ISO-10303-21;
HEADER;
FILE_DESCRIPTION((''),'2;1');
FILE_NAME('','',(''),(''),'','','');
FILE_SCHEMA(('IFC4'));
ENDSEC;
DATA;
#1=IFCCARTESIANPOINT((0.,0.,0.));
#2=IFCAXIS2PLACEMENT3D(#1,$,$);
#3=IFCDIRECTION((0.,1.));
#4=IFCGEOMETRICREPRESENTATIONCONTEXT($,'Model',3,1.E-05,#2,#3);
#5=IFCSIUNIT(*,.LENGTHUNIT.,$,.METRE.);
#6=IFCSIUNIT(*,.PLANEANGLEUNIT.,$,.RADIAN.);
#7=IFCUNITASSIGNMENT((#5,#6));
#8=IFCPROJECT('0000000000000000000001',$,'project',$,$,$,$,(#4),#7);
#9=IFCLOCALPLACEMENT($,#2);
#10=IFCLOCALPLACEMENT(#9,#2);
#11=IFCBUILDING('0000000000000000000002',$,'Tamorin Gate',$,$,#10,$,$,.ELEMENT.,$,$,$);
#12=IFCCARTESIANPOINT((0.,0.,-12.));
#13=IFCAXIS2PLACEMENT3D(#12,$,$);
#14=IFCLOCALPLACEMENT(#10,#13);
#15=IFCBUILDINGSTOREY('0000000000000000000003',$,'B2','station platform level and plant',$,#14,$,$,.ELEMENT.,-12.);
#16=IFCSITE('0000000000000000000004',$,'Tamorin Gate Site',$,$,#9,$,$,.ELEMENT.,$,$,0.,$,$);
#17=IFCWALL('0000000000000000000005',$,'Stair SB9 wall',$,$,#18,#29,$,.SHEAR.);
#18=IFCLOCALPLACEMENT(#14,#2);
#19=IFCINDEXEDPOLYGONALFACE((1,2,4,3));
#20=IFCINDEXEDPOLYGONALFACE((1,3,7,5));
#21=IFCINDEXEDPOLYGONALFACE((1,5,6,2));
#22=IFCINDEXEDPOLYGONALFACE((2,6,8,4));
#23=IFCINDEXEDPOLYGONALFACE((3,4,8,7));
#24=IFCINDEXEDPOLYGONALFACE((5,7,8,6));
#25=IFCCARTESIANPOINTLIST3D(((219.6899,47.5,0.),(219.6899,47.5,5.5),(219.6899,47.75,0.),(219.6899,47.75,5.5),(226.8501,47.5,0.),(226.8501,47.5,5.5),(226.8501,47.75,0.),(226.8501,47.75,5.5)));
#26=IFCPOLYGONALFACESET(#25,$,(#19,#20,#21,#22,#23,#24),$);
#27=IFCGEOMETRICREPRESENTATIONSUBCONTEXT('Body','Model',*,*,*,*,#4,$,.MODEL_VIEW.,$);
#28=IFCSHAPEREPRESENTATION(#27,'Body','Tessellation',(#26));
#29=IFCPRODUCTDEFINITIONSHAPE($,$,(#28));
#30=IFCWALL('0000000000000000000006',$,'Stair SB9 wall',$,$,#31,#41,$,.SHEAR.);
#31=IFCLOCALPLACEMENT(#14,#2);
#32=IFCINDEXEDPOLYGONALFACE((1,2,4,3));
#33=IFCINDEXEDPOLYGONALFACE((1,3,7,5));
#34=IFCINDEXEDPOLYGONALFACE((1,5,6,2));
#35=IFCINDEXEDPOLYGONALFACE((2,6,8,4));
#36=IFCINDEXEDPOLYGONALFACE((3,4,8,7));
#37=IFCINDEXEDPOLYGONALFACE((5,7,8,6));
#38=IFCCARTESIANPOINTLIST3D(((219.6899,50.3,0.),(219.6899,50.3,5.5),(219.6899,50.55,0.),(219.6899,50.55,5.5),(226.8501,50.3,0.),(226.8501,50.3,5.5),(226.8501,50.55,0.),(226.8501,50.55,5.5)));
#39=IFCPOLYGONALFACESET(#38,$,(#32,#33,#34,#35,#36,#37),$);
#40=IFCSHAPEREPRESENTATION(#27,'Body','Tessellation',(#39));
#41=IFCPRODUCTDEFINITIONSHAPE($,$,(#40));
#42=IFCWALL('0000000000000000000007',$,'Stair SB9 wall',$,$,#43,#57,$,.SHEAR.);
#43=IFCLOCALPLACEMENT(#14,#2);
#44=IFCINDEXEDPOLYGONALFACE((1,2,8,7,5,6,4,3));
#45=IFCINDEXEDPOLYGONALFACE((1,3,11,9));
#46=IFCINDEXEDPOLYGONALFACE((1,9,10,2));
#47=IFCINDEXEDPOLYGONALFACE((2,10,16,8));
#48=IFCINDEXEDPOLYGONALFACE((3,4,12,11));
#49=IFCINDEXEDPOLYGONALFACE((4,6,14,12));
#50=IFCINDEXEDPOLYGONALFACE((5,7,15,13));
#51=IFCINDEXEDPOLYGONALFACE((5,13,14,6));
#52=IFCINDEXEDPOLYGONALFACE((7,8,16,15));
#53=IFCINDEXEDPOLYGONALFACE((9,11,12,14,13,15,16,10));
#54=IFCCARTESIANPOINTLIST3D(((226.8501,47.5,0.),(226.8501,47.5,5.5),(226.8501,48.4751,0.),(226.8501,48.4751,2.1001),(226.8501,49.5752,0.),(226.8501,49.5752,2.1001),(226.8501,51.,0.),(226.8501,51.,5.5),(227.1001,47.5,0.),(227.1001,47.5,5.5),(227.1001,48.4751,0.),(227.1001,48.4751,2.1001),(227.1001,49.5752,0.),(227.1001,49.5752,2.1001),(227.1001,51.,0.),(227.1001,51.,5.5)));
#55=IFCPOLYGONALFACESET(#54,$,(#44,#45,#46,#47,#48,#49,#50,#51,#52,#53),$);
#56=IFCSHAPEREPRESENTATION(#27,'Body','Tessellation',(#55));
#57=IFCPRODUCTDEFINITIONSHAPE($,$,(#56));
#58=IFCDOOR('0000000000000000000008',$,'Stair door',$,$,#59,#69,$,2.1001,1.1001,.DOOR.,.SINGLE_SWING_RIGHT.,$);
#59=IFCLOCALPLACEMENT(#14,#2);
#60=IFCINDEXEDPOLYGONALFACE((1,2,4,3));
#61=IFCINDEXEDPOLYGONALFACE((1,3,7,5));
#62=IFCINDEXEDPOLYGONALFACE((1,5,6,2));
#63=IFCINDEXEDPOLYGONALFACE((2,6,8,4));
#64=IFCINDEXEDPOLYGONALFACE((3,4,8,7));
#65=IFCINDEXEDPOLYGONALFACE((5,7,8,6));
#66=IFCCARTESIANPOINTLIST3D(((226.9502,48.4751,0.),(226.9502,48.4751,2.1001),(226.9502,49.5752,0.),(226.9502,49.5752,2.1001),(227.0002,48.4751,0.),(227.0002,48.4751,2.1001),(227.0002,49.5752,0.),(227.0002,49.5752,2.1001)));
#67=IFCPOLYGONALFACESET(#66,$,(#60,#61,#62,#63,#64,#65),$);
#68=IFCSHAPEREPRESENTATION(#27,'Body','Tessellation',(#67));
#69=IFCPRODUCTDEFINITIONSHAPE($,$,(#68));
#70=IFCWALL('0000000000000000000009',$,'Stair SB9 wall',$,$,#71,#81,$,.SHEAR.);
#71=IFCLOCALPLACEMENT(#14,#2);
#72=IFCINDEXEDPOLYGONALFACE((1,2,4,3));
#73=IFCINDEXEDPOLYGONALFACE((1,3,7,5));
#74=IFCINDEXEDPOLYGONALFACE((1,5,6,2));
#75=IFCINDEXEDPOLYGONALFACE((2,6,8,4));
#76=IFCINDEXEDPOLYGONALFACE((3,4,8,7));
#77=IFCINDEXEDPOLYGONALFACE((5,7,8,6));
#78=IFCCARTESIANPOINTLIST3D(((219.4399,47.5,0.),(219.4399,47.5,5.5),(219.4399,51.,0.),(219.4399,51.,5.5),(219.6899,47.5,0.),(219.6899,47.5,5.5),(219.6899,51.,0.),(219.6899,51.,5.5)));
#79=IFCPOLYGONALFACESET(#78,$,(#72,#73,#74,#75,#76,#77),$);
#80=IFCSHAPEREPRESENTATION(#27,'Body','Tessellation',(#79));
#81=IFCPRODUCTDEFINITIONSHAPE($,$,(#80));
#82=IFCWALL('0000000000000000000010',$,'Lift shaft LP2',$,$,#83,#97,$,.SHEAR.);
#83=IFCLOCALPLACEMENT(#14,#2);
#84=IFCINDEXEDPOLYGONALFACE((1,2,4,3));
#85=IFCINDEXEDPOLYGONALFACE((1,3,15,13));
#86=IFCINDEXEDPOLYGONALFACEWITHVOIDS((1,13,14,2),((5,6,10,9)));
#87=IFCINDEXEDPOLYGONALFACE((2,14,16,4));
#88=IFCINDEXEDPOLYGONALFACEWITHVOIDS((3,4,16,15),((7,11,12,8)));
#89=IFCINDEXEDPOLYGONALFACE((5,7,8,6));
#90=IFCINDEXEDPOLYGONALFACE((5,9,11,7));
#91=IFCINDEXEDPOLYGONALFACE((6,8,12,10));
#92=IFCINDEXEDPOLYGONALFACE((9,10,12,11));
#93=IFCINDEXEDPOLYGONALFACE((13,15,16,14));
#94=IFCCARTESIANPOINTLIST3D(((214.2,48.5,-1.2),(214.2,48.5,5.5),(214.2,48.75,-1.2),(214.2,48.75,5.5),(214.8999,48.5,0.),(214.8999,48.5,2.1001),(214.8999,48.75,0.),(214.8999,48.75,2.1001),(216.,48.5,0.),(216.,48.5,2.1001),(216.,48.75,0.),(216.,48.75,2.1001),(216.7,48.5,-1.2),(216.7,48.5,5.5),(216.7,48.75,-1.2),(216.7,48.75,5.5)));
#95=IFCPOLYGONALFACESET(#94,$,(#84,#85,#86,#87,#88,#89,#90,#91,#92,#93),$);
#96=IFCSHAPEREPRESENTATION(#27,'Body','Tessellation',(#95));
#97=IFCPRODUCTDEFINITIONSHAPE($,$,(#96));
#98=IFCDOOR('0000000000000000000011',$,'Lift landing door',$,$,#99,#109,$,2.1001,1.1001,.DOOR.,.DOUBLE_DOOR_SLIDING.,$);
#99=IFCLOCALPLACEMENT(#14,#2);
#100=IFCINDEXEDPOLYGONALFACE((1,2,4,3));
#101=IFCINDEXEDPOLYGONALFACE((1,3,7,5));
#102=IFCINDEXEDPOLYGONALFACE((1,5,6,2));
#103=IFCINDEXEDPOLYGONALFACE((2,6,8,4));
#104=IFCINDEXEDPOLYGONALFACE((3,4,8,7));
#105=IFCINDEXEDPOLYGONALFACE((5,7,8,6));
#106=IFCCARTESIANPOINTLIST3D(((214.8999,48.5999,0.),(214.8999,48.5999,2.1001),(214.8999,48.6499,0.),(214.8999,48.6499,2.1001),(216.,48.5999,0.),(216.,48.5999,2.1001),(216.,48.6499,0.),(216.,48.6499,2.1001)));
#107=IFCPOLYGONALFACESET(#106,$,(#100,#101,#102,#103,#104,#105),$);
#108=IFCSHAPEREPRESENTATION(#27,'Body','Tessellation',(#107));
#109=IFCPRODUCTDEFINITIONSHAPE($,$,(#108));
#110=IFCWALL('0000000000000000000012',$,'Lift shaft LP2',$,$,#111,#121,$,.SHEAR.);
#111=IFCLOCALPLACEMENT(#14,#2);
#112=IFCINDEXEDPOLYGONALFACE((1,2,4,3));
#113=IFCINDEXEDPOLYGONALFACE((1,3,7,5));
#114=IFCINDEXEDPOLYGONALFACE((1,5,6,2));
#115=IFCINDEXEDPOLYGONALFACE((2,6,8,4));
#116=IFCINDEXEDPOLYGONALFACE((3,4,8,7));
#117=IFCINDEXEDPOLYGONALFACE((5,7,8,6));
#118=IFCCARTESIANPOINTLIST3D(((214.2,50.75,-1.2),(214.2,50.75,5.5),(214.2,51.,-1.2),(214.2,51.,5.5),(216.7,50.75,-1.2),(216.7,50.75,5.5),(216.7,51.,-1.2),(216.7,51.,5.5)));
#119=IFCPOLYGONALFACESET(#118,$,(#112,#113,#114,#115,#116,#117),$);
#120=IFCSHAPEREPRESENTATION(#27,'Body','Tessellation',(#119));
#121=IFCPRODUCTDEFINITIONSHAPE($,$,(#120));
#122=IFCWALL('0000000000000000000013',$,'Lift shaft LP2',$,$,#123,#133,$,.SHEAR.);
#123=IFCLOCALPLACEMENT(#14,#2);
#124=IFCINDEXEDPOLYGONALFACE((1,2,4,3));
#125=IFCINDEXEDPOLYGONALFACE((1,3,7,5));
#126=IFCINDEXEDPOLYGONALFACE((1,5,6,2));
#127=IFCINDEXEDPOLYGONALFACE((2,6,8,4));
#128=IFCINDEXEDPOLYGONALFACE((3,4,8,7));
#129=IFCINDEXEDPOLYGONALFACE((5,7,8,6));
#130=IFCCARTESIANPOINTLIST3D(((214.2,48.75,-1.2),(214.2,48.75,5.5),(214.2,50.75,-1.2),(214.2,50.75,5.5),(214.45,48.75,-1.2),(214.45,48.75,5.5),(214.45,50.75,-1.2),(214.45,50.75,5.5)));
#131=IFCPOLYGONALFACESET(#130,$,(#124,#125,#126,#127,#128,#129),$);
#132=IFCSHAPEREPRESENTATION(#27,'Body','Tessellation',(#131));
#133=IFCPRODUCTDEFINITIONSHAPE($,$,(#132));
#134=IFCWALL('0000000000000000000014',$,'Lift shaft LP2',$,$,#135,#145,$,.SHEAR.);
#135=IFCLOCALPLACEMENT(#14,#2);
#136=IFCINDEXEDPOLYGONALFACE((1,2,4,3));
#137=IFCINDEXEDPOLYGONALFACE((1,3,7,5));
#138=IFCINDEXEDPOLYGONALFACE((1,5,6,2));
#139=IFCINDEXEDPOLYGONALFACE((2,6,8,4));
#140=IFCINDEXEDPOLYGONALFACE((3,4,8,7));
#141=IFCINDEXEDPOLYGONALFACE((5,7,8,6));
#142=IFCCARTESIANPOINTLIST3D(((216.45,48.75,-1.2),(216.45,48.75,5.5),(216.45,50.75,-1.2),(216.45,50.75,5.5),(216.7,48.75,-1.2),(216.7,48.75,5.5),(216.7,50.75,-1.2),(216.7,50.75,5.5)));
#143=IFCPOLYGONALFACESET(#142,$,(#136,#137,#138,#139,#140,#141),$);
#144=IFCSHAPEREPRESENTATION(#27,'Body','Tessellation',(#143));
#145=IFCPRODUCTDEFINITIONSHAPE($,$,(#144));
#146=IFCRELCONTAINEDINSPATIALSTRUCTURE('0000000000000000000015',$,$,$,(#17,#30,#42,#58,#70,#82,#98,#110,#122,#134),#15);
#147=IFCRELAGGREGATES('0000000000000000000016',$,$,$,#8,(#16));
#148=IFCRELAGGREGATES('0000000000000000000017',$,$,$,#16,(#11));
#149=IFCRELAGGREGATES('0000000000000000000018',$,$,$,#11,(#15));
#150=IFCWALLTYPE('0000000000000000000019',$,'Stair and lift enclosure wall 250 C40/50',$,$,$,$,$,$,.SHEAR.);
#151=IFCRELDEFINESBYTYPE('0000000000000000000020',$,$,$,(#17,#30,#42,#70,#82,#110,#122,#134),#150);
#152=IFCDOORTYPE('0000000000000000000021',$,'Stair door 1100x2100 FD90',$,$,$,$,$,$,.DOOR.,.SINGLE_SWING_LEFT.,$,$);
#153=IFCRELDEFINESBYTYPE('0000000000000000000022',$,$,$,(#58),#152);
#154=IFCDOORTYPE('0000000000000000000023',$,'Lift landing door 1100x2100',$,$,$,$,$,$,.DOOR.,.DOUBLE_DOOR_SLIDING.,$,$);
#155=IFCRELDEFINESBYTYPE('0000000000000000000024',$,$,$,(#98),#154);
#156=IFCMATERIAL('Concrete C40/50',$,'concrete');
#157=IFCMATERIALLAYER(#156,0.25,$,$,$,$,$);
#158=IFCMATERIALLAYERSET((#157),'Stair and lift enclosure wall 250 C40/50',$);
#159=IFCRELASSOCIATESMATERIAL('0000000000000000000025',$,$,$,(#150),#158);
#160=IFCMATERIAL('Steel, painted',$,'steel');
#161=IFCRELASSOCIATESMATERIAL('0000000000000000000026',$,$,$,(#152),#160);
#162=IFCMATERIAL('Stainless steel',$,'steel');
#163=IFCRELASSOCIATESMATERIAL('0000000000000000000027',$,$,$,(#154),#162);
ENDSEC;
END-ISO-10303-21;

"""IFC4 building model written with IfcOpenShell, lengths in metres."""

from ifc_helpers import new_model, si_unit, direction, frame, frame_2d, origin, place, context, subcontext, project, spatial, rectangle, extrude, material, layer, layer_set, type_object, element, fill, save


model = new_model("IFC4")

# Units and contexts
model_context = context("Model", 3, precision=1e-05, world=origin(), true_north=direction((0.0, 1.0)))
body_context = subcontext(model_context, "Body", "Model", "MODEL_VIEW")
ifc_project = project(units=[si_unit("LENGTHUNIT", "METRE"), si_unit("PLANEANGLEUNIT", "RADIAN")], contexts=[model_context])

# Site, building, storey
site_placement = place(None, origin())
site = spatial("IfcSite", under=ifc_project, at=site_placement, Name="Tamorin Gate Site", CompositionType="ELEMENT", RefElevation=0.0)
building_placement = place(site_placement, origin())
building = spatial("IfcBuilding", under=site, at=building_placement, Name="Tamorin Gate", CompositionType="ELEMENT")
storey_placement = place(building_placement, frame((0.0, 0.0, -12.0)))
storey = spatial("IfcBuildingStorey", under=building, at=storey_placement, Name="B2", Description="station platform level and plant", CompositionType="ELEMENT", Elevation=-12.0)

# Shared definitions
ifc_material_1 = material(Name="Concrete C40/50", Category="concrete")

# Walls
ifc_layer = layer(ifc_material_1, 0.25)
ifc_layer_set = layer_set([ifc_layer], Name="Stair and lift enclosure wall 250 C40/50")
wall_type = type_object("IfcWallType", Name="Stair and lift enclosure wall 250 C40/50", PredefinedType="SHEAR", material=ifc_layer_set)
for number, where, z_axis, x_axis, name in (
    (1, (219.6899, 47.625, 0.0), (0.0, 0.0, 1.0), (1.0, 0.0, 0.0), "Stair SB9 wall"),
    (2, (219.6899, 50.425, 0.0), (0.0, 0.0, 1.0), (1.0, 0.0, 0.0), "Stair SB9 wall"),
):
    element("IfcWall", number, at=place(storey_placement, frame(where, z_axis=z_axis, x_axis=x_axis)), inside=storey, type_object=wall_type, Name=name, PredefinedType="SHEAR", context=body_context, shape_type="SweptSolid", body=[
        extrude(rectangle(XDim=7.1602, YDim=0.25, at=frame_2d((3.5801, 0.0))), origin(), (0.0, 0.0, 1.0), 5.5),
    ])

# Wall, opening, door
wall_1_placement = place(storey_placement, frame((226.9751, 47.5, 0.0), z_axis=(0.0, 0.0, 1.0), x_axis=(0.0, 1.0, 0.0)))
wall_1 = element("IfcWall", 3, at=wall_1_placement, inside=storey, type_object=wall_type, Name="Stair SB9 wall", PredefinedType="SHEAR", context=body_context, shape_type="SweptSolid", body=[
    extrude(rectangle(XDim=3.5, YDim=0.25, at=frame_2d((1.75, 0.0))), origin(), (0.0, 0.0, 1.0), 5.5),
])
opening_1_placement = place(wall_1_placement, frame((0.9751, 0.0, 0.0)))
opening_1 = element("IfcOpeningElement", 4, at=opening_1_placement, cuts=wall_1, PredefinedType="OPENING", context=body_context, shape_type="SweptSolid", body=[
    extrude(rectangle(XDim=1.1001, YDim=2.1001, at=frame_2d((0.55, 1.05))), frame((0.0, 0.135, 0.0), z_axis=(0.0, -1.0, 0.0), x_axis=(1.0, 0.0, 0.0)), (0.0, 0.0, 1.0), 0.27),
])
ifc_material_2 = material(Name="Steel, painted", Category="steel")
door_type_1 = type_object("IfcDoorType", Name="Stair door 1100x2100 FD90", OperationType="SINGLE_SWING_LEFT", PredefinedType="DOOR", material=ifc_material_2)
door_1_placement = place(opening_1_placement, origin())
door_1 = element("IfcDoor", 5, at=door_1_placement, inside=storey, type_object=door_type_1, Name="Stair door", OperationType="SINGLE_SWING_RIGHT", OverallHeight=2.1001, OverallWidth=1.1001, PredefinedType="DOOR", context=body_context, shape_type="SweptSolid", body=[
    extrude(rectangle(XDim=1.1001, YDim=2.1001, at=frame_2d((0.55, 1.05))), frame((0.0, 0.0249, 0.0), z_axis=(0.0, -1.0, 0.0), x_axis=(1.0, 0.0, 0.0)), (0.0, 0.0, 1.0), 0.05),
])
fill(opening_1, door_1)

# Wall
wall_2_placement = place(storey_placement, frame((219.5649, 47.5, 0.0), z_axis=(0.0, 0.0, 1.0), x_axis=(0.0, 1.0, 0.0)))
element("IfcWall", 6, at=wall_2_placement, inside=storey, type_object=wall_type, Name="Stair SB9 wall", PredefinedType="SHEAR", context=body_context, shape_type="SweptSolid", body=[
    extrude(rectangle(XDim=3.5, YDim=0.25, at=frame_2d((1.75, 0.0))), origin(), (0.0, 0.0, 1.0), 5.5),
])

# Wall, opening, door
wall_3_placement = place(storey_placement, frame((214.2, 48.625, -1.2), z_axis=(0.0, 0.0, 1.0), x_axis=(1.0, 0.0, 0.0)))
wall_3 = element("IfcWall", 7, at=wall_3_placement, inside=storey, type_object=wall_type, Name="Lift shaft LP2", PredefinedType="SHEAR", context=body_context, shape_type="SweptSolid", body=[
    extrude(rectangle(XDim=2.5, YDim=0.25, at=frame_2d((1.25, 0.0))), origin(), (0.0, 0.0, 1.0), 6.7),
])
opening_2_placement = place(wall_3_placement, frame((0.7, 0.0, 1.2)))
opening_2 = element("IfcOpeningElement", 8, at=opening_2_placement, cuts=wall_3, PredefinedType="OPENING", context=body_context, shape_type="SweptSolid", body=[
    extrude(rectangle(XDim=1.1001, YDim=2.1001, at=frame_2d((0.55, 1.05))), frame((0.0, 0.135, 0.0), z_axis=(0.0, -1.0, 0.0), x_axis=(1.0, 0.0, 0.0)), (0.0, 0.0, 1.0), 0.27),
])
ifc_material_3 = material(Name="Stainless steel", Category="steel")
door_type_2 = type_object("IfcDoorType", Name="Lift landing door 1100x2100", OperationType="DOUBLE_DOOR_SLIDING", PredefinedType="DOOR", material=ifc_material_3)
door_2_placement = place(opening_2_placement, origin())
door_2 = element("IfcDoor", 9, at=door_2_placement, inside=storey, type_object=door_type_2, Name="Lift landing door", OperationType="DOUBLE_DOOR_SLIDING", OverallHeight=2.1001, OverallWidth=1.1001, PredefinedType="DOOR", context=body_context, shape_type="SweptSolid", body=[
    extrude(rectangle(XDim=1.1001, YDim=2.1001, at=frame_2d((0.55, 1.05))), frame((0.0, 0.0249, 0.0), z_axis=(0.0, -1.0, 0.0), x_axis=(1.0, 0.0, 0.0)), (0.0, 0.0, 1.0), 0.05),
])
fill(opening_2, door_2)

# Walls
wall_4_placement = place(storey_placement, frame((214.2, 50.875, -1.2), z_axis=(0.0, 0.0, 1.0), x_axis=(1.0, 0.0, 0.0)))
element("IfcWall", 10, at=wall_4_placement, inside=storey, type_object=wall_type, Name="Lift shaft LP2", PredefinedType="SHEAR", context=body_context, shape_type="SweptSolid", body=[
    extrude(rectangle(XDim=2.5, YDim=0.25, at=frame_2d((1.25, 0.0))), origin(), (0.0, 0.0, 1.0), 6.7),
])
for number, where, z_axis, x_axis, name in (
    (11, (214.325, 48.75, -1.2), (0.0, 0.0, 1.0), (0.0, 1.0, 0.0), "Lift shaft LP2"),
    (12, (216.575, 48.75, -1.2), (0.0, 0.0, 1.0), (0.0, 1.0, 0.0), "Lift shaft LP2"),
):
    element("IfcWall", number, at=place(storey_placement, frame(where, z_axis=z_axis, x_axis=x_axis)), inside=storey, type_object=wall_type, Name=name, PredefinedType="SHEAR", context=body_context, shape_type="SweptSolid", body=[
        extrude(rectangle(XDim=2.0, YDim=0.25, at=frame_2d((1.0, 0.0))), origin(), (0.0, 0.0, 1.0), 6.7),
    ])

save(model, "model.ifc")
